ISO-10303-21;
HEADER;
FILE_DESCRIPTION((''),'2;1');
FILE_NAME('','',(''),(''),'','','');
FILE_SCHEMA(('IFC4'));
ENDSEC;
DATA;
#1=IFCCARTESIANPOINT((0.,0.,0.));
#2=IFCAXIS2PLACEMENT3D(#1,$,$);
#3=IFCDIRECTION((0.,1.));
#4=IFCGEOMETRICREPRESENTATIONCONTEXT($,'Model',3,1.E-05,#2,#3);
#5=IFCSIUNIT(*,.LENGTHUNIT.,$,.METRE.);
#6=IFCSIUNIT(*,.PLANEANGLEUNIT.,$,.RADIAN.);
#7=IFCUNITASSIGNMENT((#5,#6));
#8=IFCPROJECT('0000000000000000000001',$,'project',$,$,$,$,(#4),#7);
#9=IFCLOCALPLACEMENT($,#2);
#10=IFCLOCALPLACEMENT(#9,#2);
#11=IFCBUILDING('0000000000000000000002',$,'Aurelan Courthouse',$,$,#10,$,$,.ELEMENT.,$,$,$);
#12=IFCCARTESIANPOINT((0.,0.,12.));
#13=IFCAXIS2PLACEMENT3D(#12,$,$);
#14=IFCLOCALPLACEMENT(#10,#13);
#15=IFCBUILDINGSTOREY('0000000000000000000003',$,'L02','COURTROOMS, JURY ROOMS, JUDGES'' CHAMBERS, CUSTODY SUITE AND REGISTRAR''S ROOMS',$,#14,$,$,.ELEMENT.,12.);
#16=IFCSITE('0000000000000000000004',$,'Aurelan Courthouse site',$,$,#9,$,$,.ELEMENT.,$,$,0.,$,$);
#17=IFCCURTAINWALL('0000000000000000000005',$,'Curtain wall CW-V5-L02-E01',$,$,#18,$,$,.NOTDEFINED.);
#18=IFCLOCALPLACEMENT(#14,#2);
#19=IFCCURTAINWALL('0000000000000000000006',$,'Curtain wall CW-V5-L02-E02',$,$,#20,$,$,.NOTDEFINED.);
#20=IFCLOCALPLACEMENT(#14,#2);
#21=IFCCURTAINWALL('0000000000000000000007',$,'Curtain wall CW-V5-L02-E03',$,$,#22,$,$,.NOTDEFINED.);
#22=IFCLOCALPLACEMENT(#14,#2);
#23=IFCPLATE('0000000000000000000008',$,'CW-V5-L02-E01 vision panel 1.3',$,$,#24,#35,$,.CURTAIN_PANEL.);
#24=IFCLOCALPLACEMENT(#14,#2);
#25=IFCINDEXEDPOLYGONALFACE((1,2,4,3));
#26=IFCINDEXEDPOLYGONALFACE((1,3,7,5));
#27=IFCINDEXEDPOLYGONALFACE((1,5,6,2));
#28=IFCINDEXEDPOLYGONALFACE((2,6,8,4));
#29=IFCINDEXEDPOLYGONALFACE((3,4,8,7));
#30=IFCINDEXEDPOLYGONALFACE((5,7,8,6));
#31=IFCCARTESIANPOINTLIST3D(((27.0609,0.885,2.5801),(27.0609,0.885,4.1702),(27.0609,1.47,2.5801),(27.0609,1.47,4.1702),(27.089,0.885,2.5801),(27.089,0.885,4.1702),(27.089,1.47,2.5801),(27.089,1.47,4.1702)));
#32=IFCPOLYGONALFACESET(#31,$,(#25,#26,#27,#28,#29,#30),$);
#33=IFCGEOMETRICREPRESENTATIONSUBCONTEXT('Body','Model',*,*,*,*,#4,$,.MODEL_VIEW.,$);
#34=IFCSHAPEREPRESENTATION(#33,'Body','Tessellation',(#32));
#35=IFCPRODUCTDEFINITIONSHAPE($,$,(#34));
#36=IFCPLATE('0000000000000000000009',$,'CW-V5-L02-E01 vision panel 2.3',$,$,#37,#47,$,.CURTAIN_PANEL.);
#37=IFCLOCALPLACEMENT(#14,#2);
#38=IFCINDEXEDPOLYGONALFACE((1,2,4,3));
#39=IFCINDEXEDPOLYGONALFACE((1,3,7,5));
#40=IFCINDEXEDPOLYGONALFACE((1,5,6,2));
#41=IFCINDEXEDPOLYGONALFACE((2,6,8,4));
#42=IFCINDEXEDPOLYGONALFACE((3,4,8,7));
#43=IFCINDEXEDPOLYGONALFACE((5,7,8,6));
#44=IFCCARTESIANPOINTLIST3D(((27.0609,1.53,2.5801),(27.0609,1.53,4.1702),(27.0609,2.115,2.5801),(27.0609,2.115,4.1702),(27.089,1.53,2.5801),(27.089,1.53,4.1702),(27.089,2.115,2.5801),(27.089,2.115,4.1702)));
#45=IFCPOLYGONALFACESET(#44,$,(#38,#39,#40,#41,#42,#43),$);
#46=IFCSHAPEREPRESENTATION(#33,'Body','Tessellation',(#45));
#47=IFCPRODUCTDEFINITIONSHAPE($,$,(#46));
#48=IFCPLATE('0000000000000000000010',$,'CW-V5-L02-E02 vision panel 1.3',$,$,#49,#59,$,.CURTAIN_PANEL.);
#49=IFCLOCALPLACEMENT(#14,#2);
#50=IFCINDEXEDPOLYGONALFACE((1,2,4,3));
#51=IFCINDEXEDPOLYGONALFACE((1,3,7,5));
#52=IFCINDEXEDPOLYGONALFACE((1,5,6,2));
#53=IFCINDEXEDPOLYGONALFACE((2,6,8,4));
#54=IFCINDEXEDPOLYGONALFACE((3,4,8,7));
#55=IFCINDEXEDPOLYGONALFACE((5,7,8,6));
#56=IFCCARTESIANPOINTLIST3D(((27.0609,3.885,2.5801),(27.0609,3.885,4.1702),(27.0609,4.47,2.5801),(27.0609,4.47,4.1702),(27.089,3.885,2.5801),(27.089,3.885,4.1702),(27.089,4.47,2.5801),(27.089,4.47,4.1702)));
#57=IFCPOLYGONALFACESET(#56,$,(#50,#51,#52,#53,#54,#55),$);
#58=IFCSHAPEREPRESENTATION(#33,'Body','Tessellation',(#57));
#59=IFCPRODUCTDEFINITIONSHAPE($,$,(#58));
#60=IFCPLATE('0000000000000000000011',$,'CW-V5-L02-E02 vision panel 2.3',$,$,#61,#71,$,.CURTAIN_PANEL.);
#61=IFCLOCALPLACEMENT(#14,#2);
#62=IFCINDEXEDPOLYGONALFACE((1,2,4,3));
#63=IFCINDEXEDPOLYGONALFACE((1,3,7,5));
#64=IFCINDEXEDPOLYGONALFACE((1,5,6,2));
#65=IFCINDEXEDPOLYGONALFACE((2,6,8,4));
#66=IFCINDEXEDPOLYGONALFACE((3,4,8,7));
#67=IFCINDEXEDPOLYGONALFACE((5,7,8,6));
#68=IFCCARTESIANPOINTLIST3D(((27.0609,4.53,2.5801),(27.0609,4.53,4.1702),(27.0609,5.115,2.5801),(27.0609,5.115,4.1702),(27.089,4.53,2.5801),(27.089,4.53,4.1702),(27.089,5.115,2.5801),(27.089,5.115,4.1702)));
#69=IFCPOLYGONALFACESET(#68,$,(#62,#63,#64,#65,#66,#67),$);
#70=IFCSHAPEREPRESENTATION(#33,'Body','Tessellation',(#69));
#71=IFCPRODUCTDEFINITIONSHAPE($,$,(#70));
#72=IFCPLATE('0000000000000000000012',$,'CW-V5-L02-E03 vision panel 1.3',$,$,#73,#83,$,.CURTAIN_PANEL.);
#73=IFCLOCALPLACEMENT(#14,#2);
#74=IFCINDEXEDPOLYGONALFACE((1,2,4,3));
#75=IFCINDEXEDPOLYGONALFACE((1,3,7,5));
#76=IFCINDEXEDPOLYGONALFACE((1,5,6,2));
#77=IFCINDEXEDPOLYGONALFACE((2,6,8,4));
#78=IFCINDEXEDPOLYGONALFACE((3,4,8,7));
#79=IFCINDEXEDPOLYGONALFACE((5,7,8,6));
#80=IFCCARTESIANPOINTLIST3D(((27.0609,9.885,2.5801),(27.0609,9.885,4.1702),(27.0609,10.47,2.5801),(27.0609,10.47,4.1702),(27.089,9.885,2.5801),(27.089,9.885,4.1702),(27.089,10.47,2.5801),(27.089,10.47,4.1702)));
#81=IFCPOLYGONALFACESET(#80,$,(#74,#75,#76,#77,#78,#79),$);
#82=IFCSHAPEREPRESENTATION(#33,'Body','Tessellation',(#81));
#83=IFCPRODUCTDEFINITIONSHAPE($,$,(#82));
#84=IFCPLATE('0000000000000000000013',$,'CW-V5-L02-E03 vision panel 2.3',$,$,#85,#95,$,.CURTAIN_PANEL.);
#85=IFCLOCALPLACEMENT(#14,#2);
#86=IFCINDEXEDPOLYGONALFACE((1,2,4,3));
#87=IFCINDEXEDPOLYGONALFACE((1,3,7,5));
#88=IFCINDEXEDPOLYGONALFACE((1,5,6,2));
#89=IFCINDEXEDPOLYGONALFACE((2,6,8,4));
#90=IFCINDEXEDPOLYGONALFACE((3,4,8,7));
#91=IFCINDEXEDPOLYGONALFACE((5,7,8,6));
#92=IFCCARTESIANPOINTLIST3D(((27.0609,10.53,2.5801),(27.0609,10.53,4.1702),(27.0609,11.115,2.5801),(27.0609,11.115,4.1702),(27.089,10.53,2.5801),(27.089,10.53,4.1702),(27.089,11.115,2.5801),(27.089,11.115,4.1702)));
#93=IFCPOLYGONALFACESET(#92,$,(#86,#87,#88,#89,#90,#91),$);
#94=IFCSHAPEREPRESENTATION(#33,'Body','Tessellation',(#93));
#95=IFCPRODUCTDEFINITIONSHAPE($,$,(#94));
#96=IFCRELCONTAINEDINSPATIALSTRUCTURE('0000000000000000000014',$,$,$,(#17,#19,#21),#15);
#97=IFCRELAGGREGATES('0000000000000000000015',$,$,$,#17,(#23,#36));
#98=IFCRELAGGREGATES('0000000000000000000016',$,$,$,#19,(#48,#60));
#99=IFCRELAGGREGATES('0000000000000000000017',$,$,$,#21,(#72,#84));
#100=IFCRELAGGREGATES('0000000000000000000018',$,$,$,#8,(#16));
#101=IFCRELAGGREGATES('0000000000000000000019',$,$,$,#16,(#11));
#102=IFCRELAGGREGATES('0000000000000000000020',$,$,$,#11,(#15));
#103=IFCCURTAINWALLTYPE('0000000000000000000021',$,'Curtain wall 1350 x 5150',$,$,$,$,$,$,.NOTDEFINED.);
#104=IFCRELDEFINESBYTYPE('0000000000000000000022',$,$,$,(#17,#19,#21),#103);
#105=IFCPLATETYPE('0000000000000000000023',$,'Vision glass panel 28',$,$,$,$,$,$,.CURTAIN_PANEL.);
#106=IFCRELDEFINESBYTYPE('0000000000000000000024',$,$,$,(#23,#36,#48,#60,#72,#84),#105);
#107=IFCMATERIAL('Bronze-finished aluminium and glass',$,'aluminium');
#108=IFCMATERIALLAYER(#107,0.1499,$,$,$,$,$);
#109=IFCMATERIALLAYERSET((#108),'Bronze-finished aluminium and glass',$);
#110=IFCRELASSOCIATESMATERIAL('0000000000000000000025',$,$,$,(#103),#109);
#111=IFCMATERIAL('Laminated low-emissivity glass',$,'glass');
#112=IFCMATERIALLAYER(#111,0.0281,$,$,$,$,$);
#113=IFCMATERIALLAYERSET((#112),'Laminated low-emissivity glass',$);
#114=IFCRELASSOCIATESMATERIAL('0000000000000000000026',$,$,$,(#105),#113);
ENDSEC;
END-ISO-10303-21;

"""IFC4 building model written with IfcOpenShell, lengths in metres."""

from ifc_helpers import new_model, si_unit, direction, frame, origin, origin_2d, place, context, subcontext, project, spatial, rectangle, extrude, material, layer, layer_set, type_object, element, aggregate, save


model = new_model("IFC4")

# Units and contexts
model_context = context("Model", 3, precision=1e-05, world=origin(), true_north=direction((0.0, 1.0)))
body_context = subcontext(model_context, "Body", "Model", "MODEL_VIEW")
ifc_project = project(units=[si_unit("LENGTHUNIT", "METRE"), si_unit("PLANEANGLEUNIT", "RADIAN")], contexts=[model_context])

# Site, building, storey
site_placement = place(None, origin())
site = spatial("IfcSite", under=ifc_project, at=site_placement, Name="Aurelan Courthouse site", CompositionType="ELEMENT", RefElevation=0.0)
building_placement = place(site_placement, origin())
building = spatial("IfcBuilding", under=site, at=building_placement, Name="Aurelan Courthouse", CompositionType="ELEMENT")
storey_placement = place(building_placement, frame((0.0, 0.0, 12.0)))
storey = spatial("IfcBuildingStorey", under=building, at=storey_placement, Name="L02", Description="COURTROOMS, JURY ROOMS, JUDGES' CHAMBERS, CUSTODY SUITE AND REGISTRAR'S ROOMS", CompositionType="ELEMENT", Elevation=12.0)

# Curtain walls
ifc_material_1 = material(Name="Bronze-finished aluminium and glass", Category="aluminium")
ifc_layer_1 = layer(ifc_material_1, 0.1499)
ifc_layer_set_1 = layer_set([ifc_layer_1], Name="Bronze-finished aluminium and glass")
curtain_wall_type = type_object("IfcCurtainWallType", Name="Curtain wall 1350 x 5150", PredefinedType="NOTDEFINED", material=ifc_layer_set_1)
curtain_wall_1_placement = place(storey_placement, origin())
curtain_wall_1 = element("IfcCurtainWall", 1, at=curtain_wall_1_placement, inside=storey, type_object=curtain_wall_type, Name="Curtain wall CW-V5-L02-E01", PredefinedType="NOTDEFINED")
curtain_wall_2_placement = place(storey_placement, origin())
curtain_wall_2 = element("IfcCurtainWall", 2, at=curtain_wall_2_placement, inside=storey, type_object=curtain_wall_type, Name="Curtain wall CW-V5-L02-E02", PredefinedType="NOTDEFINED")
curtain_wall_3_placement = place(storey_placement, origin())
curtain_wall_3 = element("IfcCurtainWall", 3, at=curtain_wall_3_placement, inside=storey, type_object=curtain_wall_type, Name="Curtain wall CW-V5-L02-E03", PredefinedType="NOTDEFINED")

# Plates
ifc_material_2 = material(Name="Laminated low-emissivity glass", Category="glass")
ifc_layer_2 = layer(ifc_material_2, 0.0281)
ifc_layer_set_2 = layer_set([ifc_layer_2], Name="Laminated low-emissivity glass")
plate_type_1 = type_object("IfcPlateType", Name="Vision glass panel 28", PredefinedType="CURTAIN_PANEL", material=ifc_layer_set_2)
plate_1_placement = place(storey_placement, frame((27.075, 1.1775, 2.5801), z_axis=(0.0, 0.0, 1.0), x_axis=(0.0, 1.0, 0.0)))
plate_1 = element("IfcPlate", 4, at=plate_1_placement, type_object=plate_type_1, Name="CW-V5-L02-E01 vision panel 1.3", PredefinedType="CURTAIN_PANEL", context=body_context, shape_type="SweptSolid", body=[
    extrude(rectangle(XDim=0.585, YDim=0.0281, at=origin_2d()), origin(), (0.0, 0.0, 1.0), 1.5901),
])
plate_2_placement = place(storey_placement, frame((27.075, 1.8225, 2.5801), z_axis=(0.0, 0.0, 1.0), x_axis=(0.0, 1.0, 0.0)))
plate_2 = element("IfcPlate", 5, at=plate_2_placement, type_object=plate_type_1, Name="CW-V5-L02-E01 vision panel 2.3", PredefinedType="CURTAIN_PANEL", context=body_context, shape_type="SweptSolid", body=[
    extrude(rectangle(XDim=0.585, YDim=0.0281, at=origin_2d()), origin(), (0.0, 0.0, 1.0), 1.5901),
])
aggregate(curtain_wall_1, [plate_1, plate_2])
plate_3_placement = place(storey_placement, frame((27.075, 4.1775, 2.5801), z_axis=(0.0, 0.0, 1.0), x_axis=(0.0, 1.0, 0.0)))
plate_3 = element("IfcPlate", 6, at=plate_3_placement, type_object=plate_type_1, Name="CW-V5-L02-E02 vision panel 1.3", PredefinedType="CURTAIN_PANEL", context=body_context, shape_type="SweptSolid", body=[
    extrude(rectangle(XDim=0.585, YDim=0.0281, at=origin_2d()), origin(), (0.0, 0.0, 1.0), 1.5901),
])
plate_4_placement = place(storey_placement, frame((27.075, 4.8225, 2.5801), z_axis=(0.0, 0.0, 1.0), x_axis=(0.0, 1.0, 0.0)))
plate_4 = element("IfcPlate", 7, at=plate_4_placement, type_object=plate_type_1, Name="CW-V5-L02-E02 vision panel 2.3", PredefinedType="CURTAIN_PANEL", context=body_context, shape_type="SweptSolid", body=[
    extrude(rectangle(XDim=0.585, YDim=0.0281, at=origin_2d()), origin(), (0.0, 0.0, 1.0), 1.5901),
])
aggregate(curtain_wall_2, [plate_3, plate_4])
plate_5_placement = place(storey_placement, frame((27.075, 10.1775, 2.5801), z_axis=(0.0, 0.0, 1.0), x_axis=(0.0, 1.0, 0.0)))
plate_5 = element("IfcPlate", 8, at=plate_5_placement, type_object=plate_type_1, Name="CW-V5-L02-E03 vision panel 1.3", PredefinedType="CURTAIN_PANEL", context=body_context, shape_type="SweptSolid", body=[
    extrude(rectangle(XDim=0.585, YDim=0.0281, at=origin_2d()), origin(), (0.0, 0.0, 1.0), 1.5901),
])
plate_6_placement = place(storey_placement, frame((27.075, 10.8225, 2.5801), z_axis=(0.0, 0.0, 1.0), x_axis=(0.0, 1.0, 0.0)))
plate_6 = element("IfcPlate", 9, at=plate_6_placement, type_object=plate_type_1, Name="CW-V5-L02-E03 vision panel 2.3", PredefinedType="CURTAIN_PANEL", context=body_context, shape_type="SweptSolid", body=[
    extrude(rectangle(XDim=0.585, YDim=0.0281, at=origin_2d()), origin(), (0.0, 0.0, 1.0), 1.5901),
])
aggregate(curtain_wall_3, [plate_5, plate_6])

save(model, "model.ifc")
